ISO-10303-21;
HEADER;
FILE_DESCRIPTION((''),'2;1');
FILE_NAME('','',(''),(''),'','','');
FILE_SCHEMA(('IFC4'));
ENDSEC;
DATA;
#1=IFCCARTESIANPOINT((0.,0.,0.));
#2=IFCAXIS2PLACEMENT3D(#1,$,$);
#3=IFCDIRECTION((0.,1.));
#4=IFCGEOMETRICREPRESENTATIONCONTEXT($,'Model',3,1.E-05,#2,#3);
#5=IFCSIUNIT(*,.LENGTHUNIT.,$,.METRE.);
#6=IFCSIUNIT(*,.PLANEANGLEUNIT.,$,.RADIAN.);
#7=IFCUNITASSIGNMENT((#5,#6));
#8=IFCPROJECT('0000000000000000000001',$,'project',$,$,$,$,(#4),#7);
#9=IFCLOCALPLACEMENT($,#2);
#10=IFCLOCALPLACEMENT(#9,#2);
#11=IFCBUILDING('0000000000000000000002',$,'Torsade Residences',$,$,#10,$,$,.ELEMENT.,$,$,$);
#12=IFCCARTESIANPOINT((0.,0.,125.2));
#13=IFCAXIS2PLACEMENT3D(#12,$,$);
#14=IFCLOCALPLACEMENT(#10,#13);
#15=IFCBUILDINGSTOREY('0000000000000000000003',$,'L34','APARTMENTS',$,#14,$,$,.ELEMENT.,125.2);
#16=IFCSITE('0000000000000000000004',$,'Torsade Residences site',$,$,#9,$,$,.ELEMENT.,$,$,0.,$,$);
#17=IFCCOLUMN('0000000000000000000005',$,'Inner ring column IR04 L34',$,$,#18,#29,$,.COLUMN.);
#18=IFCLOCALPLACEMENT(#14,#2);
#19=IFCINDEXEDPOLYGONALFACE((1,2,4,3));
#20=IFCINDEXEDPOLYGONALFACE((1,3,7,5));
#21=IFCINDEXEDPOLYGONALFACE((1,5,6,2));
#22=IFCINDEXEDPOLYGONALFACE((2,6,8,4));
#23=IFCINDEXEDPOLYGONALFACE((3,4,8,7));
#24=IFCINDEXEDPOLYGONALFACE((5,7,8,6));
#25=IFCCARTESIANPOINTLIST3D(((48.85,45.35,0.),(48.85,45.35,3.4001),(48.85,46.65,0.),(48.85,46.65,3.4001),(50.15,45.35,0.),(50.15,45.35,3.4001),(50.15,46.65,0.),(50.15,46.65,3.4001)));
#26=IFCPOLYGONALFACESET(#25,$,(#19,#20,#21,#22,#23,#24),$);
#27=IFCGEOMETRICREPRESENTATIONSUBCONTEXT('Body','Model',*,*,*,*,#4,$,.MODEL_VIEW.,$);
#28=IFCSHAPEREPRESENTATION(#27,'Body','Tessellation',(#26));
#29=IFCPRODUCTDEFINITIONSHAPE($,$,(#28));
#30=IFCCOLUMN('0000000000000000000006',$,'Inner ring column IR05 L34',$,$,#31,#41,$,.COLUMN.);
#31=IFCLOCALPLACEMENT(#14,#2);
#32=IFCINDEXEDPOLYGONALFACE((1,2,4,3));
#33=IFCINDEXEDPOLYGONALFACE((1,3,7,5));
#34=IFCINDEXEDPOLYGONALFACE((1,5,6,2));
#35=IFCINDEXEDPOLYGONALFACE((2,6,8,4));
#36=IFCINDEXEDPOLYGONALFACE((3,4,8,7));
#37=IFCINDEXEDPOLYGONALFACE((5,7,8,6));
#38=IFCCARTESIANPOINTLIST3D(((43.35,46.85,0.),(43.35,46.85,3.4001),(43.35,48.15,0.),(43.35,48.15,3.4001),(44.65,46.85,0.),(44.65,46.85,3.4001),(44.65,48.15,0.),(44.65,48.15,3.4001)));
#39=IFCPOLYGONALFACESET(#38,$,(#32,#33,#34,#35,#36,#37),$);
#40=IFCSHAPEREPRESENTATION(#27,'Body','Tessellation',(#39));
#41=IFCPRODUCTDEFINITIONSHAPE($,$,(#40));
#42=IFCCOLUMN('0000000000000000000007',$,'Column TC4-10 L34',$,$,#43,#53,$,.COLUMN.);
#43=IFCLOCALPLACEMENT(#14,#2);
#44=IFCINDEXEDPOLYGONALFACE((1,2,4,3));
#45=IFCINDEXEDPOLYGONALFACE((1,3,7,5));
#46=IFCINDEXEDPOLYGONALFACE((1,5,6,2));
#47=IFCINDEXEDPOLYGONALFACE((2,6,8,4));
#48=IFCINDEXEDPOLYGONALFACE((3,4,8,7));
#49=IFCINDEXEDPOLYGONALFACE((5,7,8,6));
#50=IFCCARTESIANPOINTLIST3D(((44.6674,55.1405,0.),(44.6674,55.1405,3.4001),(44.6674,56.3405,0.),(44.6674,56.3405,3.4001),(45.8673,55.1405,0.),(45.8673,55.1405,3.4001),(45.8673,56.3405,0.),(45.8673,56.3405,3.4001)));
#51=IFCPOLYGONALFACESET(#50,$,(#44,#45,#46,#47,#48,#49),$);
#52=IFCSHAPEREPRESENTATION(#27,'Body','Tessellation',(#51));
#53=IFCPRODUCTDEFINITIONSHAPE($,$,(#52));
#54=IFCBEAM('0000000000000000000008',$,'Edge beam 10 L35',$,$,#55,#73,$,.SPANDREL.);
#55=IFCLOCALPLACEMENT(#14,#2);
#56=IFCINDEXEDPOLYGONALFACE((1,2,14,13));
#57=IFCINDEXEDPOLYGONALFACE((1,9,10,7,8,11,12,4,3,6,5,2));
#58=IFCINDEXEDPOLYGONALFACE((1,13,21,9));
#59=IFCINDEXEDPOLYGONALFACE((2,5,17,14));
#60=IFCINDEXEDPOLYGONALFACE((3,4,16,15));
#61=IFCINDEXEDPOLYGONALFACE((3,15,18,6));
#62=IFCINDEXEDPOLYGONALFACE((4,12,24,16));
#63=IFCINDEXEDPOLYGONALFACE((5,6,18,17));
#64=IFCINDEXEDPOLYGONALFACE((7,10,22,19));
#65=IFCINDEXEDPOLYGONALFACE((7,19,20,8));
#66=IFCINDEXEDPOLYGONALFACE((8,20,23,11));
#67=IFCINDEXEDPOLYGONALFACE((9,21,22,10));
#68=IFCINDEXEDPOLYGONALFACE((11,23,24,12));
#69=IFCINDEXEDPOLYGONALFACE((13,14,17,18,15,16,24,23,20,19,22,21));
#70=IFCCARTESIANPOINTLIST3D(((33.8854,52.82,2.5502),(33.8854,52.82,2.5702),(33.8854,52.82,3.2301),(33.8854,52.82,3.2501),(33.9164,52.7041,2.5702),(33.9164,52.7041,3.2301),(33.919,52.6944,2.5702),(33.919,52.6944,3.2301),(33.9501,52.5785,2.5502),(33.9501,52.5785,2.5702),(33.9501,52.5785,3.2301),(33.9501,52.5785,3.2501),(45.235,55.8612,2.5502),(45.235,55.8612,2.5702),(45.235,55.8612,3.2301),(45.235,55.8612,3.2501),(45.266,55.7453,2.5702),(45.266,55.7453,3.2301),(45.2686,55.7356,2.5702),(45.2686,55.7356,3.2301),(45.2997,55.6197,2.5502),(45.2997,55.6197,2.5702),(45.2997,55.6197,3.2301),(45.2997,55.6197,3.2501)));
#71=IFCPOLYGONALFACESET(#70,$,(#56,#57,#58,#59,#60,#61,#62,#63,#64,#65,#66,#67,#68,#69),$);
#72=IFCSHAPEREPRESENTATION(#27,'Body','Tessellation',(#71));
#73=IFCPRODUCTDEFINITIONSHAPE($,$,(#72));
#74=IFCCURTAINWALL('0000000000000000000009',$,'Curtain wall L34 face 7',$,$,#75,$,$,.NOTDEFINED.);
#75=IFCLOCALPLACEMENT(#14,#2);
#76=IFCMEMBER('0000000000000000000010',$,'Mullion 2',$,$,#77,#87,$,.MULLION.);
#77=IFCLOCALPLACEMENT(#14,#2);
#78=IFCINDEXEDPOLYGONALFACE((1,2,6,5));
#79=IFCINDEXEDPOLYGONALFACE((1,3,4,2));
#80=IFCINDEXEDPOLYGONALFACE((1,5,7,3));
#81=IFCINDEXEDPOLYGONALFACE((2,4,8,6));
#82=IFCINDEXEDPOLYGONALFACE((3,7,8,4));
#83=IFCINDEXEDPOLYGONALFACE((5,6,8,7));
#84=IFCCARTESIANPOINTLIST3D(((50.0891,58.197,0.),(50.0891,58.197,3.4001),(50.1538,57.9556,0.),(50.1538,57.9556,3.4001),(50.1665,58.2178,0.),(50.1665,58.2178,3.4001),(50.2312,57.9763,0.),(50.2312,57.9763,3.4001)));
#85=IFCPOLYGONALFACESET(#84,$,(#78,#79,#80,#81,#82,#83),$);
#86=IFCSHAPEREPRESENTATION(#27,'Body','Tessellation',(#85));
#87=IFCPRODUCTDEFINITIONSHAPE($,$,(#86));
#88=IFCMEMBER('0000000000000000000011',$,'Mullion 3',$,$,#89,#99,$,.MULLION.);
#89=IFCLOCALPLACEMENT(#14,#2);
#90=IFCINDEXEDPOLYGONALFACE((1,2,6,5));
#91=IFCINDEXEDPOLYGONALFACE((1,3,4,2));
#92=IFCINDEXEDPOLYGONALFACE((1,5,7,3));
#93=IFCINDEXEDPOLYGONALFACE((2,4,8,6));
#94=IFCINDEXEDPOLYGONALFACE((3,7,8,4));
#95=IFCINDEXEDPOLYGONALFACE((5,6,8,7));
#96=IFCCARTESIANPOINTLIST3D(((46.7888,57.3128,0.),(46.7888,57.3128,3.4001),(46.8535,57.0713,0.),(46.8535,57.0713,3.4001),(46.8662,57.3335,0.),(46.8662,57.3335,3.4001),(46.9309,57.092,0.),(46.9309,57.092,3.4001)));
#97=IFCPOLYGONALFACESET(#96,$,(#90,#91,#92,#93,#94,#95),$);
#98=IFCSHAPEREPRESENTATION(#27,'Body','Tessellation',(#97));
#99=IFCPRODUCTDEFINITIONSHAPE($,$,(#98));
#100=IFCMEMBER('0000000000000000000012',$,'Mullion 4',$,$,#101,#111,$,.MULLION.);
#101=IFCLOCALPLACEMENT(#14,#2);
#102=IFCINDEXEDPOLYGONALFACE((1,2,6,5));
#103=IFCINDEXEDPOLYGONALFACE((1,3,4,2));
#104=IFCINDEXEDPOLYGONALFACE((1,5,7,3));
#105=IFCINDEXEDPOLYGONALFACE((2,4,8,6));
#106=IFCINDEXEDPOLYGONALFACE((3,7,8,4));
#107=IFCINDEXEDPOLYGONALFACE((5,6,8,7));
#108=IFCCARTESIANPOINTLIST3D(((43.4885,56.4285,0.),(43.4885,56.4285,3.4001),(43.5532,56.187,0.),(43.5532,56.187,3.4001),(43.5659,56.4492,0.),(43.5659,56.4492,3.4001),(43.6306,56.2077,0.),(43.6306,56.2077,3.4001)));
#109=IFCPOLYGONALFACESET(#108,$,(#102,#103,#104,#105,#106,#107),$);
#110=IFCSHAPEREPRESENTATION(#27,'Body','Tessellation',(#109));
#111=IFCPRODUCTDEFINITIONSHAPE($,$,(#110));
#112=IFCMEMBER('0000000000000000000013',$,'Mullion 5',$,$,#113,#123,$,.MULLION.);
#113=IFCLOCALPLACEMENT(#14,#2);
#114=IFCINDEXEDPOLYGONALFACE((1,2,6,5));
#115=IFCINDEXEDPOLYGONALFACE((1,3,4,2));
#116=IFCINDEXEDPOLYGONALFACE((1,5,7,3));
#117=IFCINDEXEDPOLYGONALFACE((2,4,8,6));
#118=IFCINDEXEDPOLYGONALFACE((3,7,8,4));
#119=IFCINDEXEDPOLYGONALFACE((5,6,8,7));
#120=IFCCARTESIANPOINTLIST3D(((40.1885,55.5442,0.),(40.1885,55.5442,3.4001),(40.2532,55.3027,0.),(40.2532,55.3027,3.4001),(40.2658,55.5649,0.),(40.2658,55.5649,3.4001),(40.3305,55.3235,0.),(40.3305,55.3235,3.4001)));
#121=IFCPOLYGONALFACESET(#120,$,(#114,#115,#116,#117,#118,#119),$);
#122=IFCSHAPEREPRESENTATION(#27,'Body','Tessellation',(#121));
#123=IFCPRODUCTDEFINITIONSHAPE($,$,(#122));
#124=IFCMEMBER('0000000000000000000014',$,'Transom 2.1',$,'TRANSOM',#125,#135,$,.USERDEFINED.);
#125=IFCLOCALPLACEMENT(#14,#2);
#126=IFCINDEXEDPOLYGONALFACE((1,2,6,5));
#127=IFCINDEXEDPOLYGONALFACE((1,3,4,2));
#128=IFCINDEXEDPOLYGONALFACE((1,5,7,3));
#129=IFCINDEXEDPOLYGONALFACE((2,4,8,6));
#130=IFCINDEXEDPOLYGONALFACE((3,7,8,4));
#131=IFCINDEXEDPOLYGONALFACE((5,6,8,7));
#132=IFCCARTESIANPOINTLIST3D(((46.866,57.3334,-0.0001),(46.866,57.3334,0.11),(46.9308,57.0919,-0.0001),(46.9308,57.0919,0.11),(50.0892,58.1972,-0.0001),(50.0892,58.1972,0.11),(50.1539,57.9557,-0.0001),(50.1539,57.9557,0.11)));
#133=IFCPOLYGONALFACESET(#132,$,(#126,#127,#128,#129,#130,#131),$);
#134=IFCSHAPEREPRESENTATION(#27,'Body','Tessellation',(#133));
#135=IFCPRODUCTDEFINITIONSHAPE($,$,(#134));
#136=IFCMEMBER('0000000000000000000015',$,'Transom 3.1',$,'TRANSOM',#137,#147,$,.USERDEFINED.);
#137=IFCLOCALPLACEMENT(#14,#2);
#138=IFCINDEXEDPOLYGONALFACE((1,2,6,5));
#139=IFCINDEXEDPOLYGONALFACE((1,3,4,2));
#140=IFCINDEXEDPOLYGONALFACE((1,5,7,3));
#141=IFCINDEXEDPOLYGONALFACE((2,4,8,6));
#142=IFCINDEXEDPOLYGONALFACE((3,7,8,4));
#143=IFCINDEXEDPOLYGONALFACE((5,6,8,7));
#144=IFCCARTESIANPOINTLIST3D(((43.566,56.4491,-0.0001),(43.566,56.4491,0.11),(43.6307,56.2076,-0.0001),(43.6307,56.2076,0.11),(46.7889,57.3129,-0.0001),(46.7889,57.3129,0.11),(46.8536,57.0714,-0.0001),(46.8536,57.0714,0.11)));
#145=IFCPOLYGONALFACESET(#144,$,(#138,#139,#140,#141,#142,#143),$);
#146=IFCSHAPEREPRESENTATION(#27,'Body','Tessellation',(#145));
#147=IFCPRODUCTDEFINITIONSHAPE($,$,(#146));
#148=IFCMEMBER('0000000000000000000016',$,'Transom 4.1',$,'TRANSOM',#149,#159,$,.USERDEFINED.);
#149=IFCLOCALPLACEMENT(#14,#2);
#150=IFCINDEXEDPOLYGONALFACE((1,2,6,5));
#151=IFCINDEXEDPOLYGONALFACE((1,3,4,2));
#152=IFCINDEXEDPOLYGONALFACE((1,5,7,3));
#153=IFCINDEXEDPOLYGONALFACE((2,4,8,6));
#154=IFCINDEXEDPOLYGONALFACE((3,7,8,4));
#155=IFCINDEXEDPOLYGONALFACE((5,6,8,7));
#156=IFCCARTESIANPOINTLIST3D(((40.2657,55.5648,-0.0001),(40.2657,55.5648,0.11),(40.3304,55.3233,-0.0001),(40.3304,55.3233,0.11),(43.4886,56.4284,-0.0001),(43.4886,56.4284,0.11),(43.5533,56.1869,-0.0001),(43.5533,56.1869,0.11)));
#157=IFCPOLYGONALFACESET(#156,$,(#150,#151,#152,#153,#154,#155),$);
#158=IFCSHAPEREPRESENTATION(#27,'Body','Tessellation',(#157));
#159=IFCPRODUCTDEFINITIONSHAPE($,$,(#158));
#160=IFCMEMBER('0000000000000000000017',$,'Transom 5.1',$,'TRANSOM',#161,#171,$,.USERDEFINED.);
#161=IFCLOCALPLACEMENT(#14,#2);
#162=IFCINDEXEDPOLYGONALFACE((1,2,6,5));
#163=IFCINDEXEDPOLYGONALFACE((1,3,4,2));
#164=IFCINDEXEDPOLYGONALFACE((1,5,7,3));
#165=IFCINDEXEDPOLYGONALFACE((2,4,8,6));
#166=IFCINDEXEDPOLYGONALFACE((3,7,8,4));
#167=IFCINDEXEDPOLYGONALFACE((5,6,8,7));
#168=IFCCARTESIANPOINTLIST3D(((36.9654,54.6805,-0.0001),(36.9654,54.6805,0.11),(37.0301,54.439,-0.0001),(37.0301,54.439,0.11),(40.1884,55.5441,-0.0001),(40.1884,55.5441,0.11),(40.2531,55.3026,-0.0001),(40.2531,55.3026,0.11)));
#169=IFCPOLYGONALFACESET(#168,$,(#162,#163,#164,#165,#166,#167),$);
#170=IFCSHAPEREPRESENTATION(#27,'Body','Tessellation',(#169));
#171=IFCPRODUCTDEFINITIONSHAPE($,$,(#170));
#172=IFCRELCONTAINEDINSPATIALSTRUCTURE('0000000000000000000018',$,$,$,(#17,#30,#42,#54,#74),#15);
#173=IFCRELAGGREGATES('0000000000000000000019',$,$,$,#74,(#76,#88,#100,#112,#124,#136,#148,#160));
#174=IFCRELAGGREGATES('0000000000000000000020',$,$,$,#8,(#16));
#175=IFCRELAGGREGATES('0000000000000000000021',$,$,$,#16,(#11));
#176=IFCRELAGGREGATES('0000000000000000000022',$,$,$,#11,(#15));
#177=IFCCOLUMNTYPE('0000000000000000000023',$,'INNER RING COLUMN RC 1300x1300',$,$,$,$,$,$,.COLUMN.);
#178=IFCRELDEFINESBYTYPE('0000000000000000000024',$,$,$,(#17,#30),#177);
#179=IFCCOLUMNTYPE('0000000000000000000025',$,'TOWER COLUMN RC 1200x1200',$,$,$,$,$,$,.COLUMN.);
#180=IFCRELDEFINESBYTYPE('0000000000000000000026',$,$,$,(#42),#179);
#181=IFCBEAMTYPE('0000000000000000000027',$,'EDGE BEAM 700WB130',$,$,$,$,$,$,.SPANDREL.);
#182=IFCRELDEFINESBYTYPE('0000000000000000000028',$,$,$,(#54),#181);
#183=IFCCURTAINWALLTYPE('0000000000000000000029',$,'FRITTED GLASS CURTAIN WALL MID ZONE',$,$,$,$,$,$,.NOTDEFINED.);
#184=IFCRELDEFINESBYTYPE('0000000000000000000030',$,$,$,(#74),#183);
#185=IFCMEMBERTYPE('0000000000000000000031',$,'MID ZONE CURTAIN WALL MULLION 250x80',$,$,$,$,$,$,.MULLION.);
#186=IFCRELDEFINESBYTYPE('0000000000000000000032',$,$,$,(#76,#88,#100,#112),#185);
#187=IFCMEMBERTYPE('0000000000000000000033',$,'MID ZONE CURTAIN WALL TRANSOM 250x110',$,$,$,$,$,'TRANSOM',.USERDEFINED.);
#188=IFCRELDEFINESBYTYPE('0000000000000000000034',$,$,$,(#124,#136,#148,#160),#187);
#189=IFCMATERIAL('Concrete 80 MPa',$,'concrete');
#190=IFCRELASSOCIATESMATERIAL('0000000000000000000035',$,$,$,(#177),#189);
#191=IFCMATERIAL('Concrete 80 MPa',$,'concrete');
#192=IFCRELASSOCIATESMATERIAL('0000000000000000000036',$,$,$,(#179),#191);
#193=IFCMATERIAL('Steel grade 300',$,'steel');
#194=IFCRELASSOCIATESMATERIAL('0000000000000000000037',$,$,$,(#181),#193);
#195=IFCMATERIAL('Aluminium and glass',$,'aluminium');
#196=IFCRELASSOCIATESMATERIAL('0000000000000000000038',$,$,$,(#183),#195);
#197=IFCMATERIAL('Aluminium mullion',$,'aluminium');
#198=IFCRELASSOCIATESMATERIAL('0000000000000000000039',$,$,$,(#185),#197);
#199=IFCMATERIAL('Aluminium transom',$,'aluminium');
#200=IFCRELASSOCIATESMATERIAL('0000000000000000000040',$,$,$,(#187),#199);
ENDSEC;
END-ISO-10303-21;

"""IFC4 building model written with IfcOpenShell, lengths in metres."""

from ifc_helpers import new_model, si_unit, direction, frame, origin, origin_2d, place, context, subcontext, project, spatial, rectangle, i_section, extrude, material, material_profile, profile_set, type_object, element, aggregate, save


model = new_model("IFC4")

# Units and contexts
model_context = context("Model", 3, precision=1e-05, world=origin(), true_north=direction((0.0, 1.0)))
body_context = subcontext(model_context, "Body", "Model", "MODEL_VIEW")
ifc_project = project(units=[si_unit("LENGTHUNIT", "METRE"), si_unit("PLANEANGLEUNIT", "RADIAN")], contexts=[model_context])

# Site, building, storey
site_placement = place(None, origin())
site = spatial("IfcSite", under=ifc_project, at=site_placement, Name="Torsade Residences site", CompositionType="ELEMENT", RefElevation=0.0)
building_placement = place(site_placement, origin())
building = spatial("IfcBuilding", under=site, at=building_placement, Name="Torsade Residences", CompositionType="ELEMENT")
storey_placement = place(building_placement, frame((0.0, 0.0, 125.2)))
storey = spatial("IfcBuildingStorey", under=building, at=storey_placement, Name="L34", Description="APARTMENTS", CompositionType="ELEMENT", Elevation=125.2)

# Columns
ifc_material_1 = material(Name="Concrete 80 MPa", Category="concrete")
ifc_material_profile_1 = material_profile(ifc_material_1, rectangle(XDim=1.3, YDim=1.3, at=origin_2d()), Name="RC 1300x1300")
ifc_profile_set_1 = profile_set([ifc_material_profile_1], Name="Concrete 80 MPa")
column_type_1 = type_object("IfcColumnType", Name="INNER RING COLUMN RC 1300x1300", PredefinedType="COLUMN", material=ifc_profile_set_1)
for number, where, z_axis, x_axis, name in (
    (1, (49.5, 46.0, 0.0), (0.0, 0.0, 1.0), (1.0, 0.0, 0.0), "Inner ring column IR04 L34"),
    (2, (44.0, 47.5, 0.0), (0.0, 0.0, 1.0), (1.0, 0.0, 0.0), "Inner ring column IR05 L34"),
):
    element("IfcColumn", number, at=place(storey_placement, frame(where, z_axis=z_axis, x_axis=x_axis)), inside=storey, type_object=column_type_1, Name=name, PredefinedType="COLUMN", context=body_context, shape_type="SweptSolid", body=[
        extrude(rectangle(XDim=1.3, YDim=1.3, at=origin_2d()), origin(), (0.0, 0.0, 1.0), 3.4001),
    ])
ifc_material_2 = material(Name="Concrete 80 MPa", Category="concrete")
ifc_material_profile_2 = material_profile(ifc_material_2, rectangle(XDim=1.2, YDim=1.2, at=origin_2d()), Name="RC 1200x1200")
ifc_profile_set_2 = profile_set([ifc_material_profile_2], Name="Concrete 80 MPa")
column_type_2 = type_object("IfcColumnType", Name="TOWER COLUMN RC 1200x1200", PredefinedType="COLUMN", material=ifc_profile_set_2)
column_placement = place(storey_placement, frame((45.2673, 55.7405, 0.0), z_axis=(0.0, 0.0, 1.0), x_axis=(1.0, 0.0, 0.0)))
element("IfcColumn", 3, at=column_placement, inside=storey, type_object=column_type_2, Name="Column TC4-10 L34", PredefinedType="COLUMN", context=body_context, shape_type="SweptSolid", body=[
    extrude(rectangle(XDim=1.2, YDim=1.2, at=origin_2d()), origin(), (0.0, 0.0, 1.0), 3.4001),
])

# Beam
ifc_material_3 = material(Name="Steel grade 300", Category="steel")
ifc_material_profile_3 = material_profile(ifc_material_3, i_section(OverallWidth=0.25, OverallDepth=0.7, WebThickness=0.01, FlangeThickness=0.02, at=origin_2d()), Name="700WB130")
ifc_profile_set_3 = profile_set([ifc_material_profile_3], Name="Steel grade 300")
beam_type_1 = type_object("IfcBeamType", Name="EDGE BEAM 700WB130", PredefinedType="SPANDREL", material=ifc_profile_set_3)
beam_1_placement = place(storey_placement, frame((45.2673, 55.7405, 2.9001), z_axis=(-0.965923, -0.25883, 0.0), x_axis=(0.25883, -0.965923, 0.0)))
element("IfcBeam", 4, at=beam_1_placement, inside=storey, type_object=beam_type_1, Name="Edge beam 10 L35", PredefinedType="SPANDREL", context=body_context, shape_type="SweptSolid", body=[
    extrude(i_section(OverallWidth=0.25, OverallDepth=0.7, WebThickness=0.01, FlangeThickness=0.02, at=origin_2d()), origin(), (0.0, 0.0, 1.0), 11.75),
])

# Curtain wall, members
ifc_material_4 = material(Name="Aluminium and glass", Category="aluminium")
curtain_wall_type = type_object("IfcCurtainWallType", Name="FRITTED GLASS CURTAIN WALL MID ZONE", PredefinedType="NOTDEFINED", material=ifc_material_4)
curtain_wall_placement = place(storey_placement, origin())
curtain_wall = element("IfcCurtainWall", 5, at=curtain_wall_placement, inside=storey, type_object=curtain_wall_type, Name="Curtain wall L34 face 7", PredefinedType="NOTDEFINED")
ifc_material_5 = material(Name="Aluminium mullion", Category="aluminium")
ifc_material_profile_4 = material_profile(ifc_material_5, rectangle(XDim=0.25, YDim=0.0801, at=origin_2d()), Name="MID ZONE CURTAIN WALL MULLION 250x80")
ifc_profile_set_4 = profile_set([ifc_material_profile_4], Name="Aluminium mullion")
member_type_1 = type_object("IfcMemberType", Name="MID ZONE CURTAIN WALL MULLION 250x80", PredefinedType="MULLION", material=ifc_profile_set_4)
member_1_placement = place(storey_placement, frame((50.1602, 58.0867, 0.0), z_axis=(0.0, 0.0, 1.0), x_axis=(0.258819, -0.965926, 0.0)))
member_1 = element("IfcMember", 6, at=member_1_placement, type_object=member_type_1, Name="Mullion 2", PredefinedType="MULLION", context=body_context, shape_type="SweptSolid", body=[
    extrude(rectangle(XDim=0.25, YDim=0.0801, at=origin_2d()), origin(), (0.0, 0.0, 1.0), 3.4001),
])
member_2_placement = place(storey_placement, frame((46.8599, 57.2024, 0.0), z_axis=(0.0, 0.0, 1.0), x_axis=(0.258819, -0.965926, 0.0)))
member_2 = element("IfcMember", 7, at=member_2_placement, type_object=member_type_1, Name="Mullion 3", PredefinedType="MULLION", context=body_context, shape_type="SweptSolid", body=[
    extrude(rectangle(XDim=0.25, YDim=0.0801, at=origin_2d()), origin(), (0.0, 0.0, 1.0), 3.4001),
])
member_3_placement = place(storey_placement, frame((43.5596, 56.3181, 0.0), z_axis=(0.0, 0.0, 1.0), x_axis=(0.258819, -0.965926, 0.0)))
member_3 = element("IfcMember", 8, at=member_3_placement, type_object=member_type_1, Name="Mullion 4", PredefinedType="MULLION", context=body_context, shape_type="SweptSolid", body=[
    extrude(rectangle(XDim=0.25, YDim=0.0801, at=origin_2d()), origin(), (0.0, 0.0, 1.0), 3.4001),
])
member_4_placement = place(storey_placement, frame((40.2595, 55.4338, 0.0), z_axis=(0.0, 0.0, 1.0), x_axis=(0.258819, -0.965926, 0.0)))
member_4 = element("IfcMember", 9, at=member_4_placement, type_object=member_type_1, Name="Mullion 5", PredefinedType="MULLION", context=body_context, shape_type="SweptSolid", body=[
    extrude(rectangle(XDim=0.25, YDim=0.0801, at=origin_2d()), origin(), (0.0, 0.0, 1.0), 3.4001),
])
ifc_material_6 = material(Name="Aluminium transom", Category="aluminium")
ifc_material_profile_5 = material_profile(ifc_material_6, rectangle(XDim=0.25, YDim=0.1101, at=origin_2d()), Name="MID ZONE CURTAIN WALL TRANSOM 250x110")
ifc_profile_set_5 = profile_set([ifc_material_profile_5], Name="Aluminium transom")
member_type_2 = type_object("IfcMemberType", Name="MID ZONE CURTAIN WALL TRANSOM 250x110", ElementType="TRANSOM", PredefinedType="USERDEFINED", material=ifc_profile_set_5)
member_5_placement = place(storey_placement, frame((50.1216, 58.0764, 0.0549), z_axis=(-0.965916, -0.258856, 0.0), x_axis=(0.258856, -0.965916, 0.0)))
member_5 = element("IfcMember", 10, at=member_5_placement, type_object=member_type_2, Name="Transom 2.1", ObjectType="TRANSOM", PredefinedType="USERDEFINED", context=body_context, shape_type="SweptSolid", body=[
    extrude(rectangle(XDim=0.25, YDim=0.1101, at=origin_2d()), origin(), (0.0, 0.0, 1.0), 3.3369),
])
member_6_placement = place(storey_placement, frame((46.8213, 57.1921, 0.0549), z_axis=(-0.965911, -0.258874, 0.0), x_axis=(0.258874, -0.965911, 0.0)))
member_6 = element("IfcMember", 11, at=member_6_placement, type_object=member_type_2, Name="Transom 3.1", ObjectType="TRANSOM", PredefinedType="USERDEFINED", context=body_context, shape_type="SweptSolid", body=[
    extrude(rectangle(XDim=0.25, YDim=0.1101, at=origin_2d()), origin(), (0.0, 0.0, 1.0), 3.3367),
])
member_7_placement = place(storey_placement, frame((43.521, 56.3076, 0.0549), z_axis=(-0.965929, -0.258806, 0.0), x_axis=(0.258806, -0.965929, 0.0)))
member_7 = element("IfcMember", 12, at=member_7_placement, type_object=member_type_2, Name="Transom 4.1", ObjectType="TRANSOM", PredefinedType="USERDEFINED", context=body_context, shape_type="SweptSolid", body=[
    extrude(rectangle(XDim=0.25, YDim=0.1101, at=origin_2d()), origin(), (0.0, 0.0, 1.0), 3.3367),
])
member_8_placement = place(storey_placement, frame((40.2207, 55.4233, 0.0549), z_axis=(-0.965929, -0.258806, 0.0), x_axis=(0.258806, -0.965929, 0.0)))
member_8 = element("IfcMember", 13, at=member_8_placement, type_object=member_type_2, Name="Transom 5.1", ObjectType="TRANSOM", PredefinedType="USERDEFINED", context=body_context, shape_type="SweptSolid", body=[
    extrude(rectangle(XDim=0.25, YDim=0.1101, at=origin_2d()), origin(), (0.0, 0.0, 1.0), 3.3367),
])

aggregate(curtain_wall, [member_1, member_2, member_3, member_4, member_5, member_6, member_7, member_8])

save(model, "model.ifc")
